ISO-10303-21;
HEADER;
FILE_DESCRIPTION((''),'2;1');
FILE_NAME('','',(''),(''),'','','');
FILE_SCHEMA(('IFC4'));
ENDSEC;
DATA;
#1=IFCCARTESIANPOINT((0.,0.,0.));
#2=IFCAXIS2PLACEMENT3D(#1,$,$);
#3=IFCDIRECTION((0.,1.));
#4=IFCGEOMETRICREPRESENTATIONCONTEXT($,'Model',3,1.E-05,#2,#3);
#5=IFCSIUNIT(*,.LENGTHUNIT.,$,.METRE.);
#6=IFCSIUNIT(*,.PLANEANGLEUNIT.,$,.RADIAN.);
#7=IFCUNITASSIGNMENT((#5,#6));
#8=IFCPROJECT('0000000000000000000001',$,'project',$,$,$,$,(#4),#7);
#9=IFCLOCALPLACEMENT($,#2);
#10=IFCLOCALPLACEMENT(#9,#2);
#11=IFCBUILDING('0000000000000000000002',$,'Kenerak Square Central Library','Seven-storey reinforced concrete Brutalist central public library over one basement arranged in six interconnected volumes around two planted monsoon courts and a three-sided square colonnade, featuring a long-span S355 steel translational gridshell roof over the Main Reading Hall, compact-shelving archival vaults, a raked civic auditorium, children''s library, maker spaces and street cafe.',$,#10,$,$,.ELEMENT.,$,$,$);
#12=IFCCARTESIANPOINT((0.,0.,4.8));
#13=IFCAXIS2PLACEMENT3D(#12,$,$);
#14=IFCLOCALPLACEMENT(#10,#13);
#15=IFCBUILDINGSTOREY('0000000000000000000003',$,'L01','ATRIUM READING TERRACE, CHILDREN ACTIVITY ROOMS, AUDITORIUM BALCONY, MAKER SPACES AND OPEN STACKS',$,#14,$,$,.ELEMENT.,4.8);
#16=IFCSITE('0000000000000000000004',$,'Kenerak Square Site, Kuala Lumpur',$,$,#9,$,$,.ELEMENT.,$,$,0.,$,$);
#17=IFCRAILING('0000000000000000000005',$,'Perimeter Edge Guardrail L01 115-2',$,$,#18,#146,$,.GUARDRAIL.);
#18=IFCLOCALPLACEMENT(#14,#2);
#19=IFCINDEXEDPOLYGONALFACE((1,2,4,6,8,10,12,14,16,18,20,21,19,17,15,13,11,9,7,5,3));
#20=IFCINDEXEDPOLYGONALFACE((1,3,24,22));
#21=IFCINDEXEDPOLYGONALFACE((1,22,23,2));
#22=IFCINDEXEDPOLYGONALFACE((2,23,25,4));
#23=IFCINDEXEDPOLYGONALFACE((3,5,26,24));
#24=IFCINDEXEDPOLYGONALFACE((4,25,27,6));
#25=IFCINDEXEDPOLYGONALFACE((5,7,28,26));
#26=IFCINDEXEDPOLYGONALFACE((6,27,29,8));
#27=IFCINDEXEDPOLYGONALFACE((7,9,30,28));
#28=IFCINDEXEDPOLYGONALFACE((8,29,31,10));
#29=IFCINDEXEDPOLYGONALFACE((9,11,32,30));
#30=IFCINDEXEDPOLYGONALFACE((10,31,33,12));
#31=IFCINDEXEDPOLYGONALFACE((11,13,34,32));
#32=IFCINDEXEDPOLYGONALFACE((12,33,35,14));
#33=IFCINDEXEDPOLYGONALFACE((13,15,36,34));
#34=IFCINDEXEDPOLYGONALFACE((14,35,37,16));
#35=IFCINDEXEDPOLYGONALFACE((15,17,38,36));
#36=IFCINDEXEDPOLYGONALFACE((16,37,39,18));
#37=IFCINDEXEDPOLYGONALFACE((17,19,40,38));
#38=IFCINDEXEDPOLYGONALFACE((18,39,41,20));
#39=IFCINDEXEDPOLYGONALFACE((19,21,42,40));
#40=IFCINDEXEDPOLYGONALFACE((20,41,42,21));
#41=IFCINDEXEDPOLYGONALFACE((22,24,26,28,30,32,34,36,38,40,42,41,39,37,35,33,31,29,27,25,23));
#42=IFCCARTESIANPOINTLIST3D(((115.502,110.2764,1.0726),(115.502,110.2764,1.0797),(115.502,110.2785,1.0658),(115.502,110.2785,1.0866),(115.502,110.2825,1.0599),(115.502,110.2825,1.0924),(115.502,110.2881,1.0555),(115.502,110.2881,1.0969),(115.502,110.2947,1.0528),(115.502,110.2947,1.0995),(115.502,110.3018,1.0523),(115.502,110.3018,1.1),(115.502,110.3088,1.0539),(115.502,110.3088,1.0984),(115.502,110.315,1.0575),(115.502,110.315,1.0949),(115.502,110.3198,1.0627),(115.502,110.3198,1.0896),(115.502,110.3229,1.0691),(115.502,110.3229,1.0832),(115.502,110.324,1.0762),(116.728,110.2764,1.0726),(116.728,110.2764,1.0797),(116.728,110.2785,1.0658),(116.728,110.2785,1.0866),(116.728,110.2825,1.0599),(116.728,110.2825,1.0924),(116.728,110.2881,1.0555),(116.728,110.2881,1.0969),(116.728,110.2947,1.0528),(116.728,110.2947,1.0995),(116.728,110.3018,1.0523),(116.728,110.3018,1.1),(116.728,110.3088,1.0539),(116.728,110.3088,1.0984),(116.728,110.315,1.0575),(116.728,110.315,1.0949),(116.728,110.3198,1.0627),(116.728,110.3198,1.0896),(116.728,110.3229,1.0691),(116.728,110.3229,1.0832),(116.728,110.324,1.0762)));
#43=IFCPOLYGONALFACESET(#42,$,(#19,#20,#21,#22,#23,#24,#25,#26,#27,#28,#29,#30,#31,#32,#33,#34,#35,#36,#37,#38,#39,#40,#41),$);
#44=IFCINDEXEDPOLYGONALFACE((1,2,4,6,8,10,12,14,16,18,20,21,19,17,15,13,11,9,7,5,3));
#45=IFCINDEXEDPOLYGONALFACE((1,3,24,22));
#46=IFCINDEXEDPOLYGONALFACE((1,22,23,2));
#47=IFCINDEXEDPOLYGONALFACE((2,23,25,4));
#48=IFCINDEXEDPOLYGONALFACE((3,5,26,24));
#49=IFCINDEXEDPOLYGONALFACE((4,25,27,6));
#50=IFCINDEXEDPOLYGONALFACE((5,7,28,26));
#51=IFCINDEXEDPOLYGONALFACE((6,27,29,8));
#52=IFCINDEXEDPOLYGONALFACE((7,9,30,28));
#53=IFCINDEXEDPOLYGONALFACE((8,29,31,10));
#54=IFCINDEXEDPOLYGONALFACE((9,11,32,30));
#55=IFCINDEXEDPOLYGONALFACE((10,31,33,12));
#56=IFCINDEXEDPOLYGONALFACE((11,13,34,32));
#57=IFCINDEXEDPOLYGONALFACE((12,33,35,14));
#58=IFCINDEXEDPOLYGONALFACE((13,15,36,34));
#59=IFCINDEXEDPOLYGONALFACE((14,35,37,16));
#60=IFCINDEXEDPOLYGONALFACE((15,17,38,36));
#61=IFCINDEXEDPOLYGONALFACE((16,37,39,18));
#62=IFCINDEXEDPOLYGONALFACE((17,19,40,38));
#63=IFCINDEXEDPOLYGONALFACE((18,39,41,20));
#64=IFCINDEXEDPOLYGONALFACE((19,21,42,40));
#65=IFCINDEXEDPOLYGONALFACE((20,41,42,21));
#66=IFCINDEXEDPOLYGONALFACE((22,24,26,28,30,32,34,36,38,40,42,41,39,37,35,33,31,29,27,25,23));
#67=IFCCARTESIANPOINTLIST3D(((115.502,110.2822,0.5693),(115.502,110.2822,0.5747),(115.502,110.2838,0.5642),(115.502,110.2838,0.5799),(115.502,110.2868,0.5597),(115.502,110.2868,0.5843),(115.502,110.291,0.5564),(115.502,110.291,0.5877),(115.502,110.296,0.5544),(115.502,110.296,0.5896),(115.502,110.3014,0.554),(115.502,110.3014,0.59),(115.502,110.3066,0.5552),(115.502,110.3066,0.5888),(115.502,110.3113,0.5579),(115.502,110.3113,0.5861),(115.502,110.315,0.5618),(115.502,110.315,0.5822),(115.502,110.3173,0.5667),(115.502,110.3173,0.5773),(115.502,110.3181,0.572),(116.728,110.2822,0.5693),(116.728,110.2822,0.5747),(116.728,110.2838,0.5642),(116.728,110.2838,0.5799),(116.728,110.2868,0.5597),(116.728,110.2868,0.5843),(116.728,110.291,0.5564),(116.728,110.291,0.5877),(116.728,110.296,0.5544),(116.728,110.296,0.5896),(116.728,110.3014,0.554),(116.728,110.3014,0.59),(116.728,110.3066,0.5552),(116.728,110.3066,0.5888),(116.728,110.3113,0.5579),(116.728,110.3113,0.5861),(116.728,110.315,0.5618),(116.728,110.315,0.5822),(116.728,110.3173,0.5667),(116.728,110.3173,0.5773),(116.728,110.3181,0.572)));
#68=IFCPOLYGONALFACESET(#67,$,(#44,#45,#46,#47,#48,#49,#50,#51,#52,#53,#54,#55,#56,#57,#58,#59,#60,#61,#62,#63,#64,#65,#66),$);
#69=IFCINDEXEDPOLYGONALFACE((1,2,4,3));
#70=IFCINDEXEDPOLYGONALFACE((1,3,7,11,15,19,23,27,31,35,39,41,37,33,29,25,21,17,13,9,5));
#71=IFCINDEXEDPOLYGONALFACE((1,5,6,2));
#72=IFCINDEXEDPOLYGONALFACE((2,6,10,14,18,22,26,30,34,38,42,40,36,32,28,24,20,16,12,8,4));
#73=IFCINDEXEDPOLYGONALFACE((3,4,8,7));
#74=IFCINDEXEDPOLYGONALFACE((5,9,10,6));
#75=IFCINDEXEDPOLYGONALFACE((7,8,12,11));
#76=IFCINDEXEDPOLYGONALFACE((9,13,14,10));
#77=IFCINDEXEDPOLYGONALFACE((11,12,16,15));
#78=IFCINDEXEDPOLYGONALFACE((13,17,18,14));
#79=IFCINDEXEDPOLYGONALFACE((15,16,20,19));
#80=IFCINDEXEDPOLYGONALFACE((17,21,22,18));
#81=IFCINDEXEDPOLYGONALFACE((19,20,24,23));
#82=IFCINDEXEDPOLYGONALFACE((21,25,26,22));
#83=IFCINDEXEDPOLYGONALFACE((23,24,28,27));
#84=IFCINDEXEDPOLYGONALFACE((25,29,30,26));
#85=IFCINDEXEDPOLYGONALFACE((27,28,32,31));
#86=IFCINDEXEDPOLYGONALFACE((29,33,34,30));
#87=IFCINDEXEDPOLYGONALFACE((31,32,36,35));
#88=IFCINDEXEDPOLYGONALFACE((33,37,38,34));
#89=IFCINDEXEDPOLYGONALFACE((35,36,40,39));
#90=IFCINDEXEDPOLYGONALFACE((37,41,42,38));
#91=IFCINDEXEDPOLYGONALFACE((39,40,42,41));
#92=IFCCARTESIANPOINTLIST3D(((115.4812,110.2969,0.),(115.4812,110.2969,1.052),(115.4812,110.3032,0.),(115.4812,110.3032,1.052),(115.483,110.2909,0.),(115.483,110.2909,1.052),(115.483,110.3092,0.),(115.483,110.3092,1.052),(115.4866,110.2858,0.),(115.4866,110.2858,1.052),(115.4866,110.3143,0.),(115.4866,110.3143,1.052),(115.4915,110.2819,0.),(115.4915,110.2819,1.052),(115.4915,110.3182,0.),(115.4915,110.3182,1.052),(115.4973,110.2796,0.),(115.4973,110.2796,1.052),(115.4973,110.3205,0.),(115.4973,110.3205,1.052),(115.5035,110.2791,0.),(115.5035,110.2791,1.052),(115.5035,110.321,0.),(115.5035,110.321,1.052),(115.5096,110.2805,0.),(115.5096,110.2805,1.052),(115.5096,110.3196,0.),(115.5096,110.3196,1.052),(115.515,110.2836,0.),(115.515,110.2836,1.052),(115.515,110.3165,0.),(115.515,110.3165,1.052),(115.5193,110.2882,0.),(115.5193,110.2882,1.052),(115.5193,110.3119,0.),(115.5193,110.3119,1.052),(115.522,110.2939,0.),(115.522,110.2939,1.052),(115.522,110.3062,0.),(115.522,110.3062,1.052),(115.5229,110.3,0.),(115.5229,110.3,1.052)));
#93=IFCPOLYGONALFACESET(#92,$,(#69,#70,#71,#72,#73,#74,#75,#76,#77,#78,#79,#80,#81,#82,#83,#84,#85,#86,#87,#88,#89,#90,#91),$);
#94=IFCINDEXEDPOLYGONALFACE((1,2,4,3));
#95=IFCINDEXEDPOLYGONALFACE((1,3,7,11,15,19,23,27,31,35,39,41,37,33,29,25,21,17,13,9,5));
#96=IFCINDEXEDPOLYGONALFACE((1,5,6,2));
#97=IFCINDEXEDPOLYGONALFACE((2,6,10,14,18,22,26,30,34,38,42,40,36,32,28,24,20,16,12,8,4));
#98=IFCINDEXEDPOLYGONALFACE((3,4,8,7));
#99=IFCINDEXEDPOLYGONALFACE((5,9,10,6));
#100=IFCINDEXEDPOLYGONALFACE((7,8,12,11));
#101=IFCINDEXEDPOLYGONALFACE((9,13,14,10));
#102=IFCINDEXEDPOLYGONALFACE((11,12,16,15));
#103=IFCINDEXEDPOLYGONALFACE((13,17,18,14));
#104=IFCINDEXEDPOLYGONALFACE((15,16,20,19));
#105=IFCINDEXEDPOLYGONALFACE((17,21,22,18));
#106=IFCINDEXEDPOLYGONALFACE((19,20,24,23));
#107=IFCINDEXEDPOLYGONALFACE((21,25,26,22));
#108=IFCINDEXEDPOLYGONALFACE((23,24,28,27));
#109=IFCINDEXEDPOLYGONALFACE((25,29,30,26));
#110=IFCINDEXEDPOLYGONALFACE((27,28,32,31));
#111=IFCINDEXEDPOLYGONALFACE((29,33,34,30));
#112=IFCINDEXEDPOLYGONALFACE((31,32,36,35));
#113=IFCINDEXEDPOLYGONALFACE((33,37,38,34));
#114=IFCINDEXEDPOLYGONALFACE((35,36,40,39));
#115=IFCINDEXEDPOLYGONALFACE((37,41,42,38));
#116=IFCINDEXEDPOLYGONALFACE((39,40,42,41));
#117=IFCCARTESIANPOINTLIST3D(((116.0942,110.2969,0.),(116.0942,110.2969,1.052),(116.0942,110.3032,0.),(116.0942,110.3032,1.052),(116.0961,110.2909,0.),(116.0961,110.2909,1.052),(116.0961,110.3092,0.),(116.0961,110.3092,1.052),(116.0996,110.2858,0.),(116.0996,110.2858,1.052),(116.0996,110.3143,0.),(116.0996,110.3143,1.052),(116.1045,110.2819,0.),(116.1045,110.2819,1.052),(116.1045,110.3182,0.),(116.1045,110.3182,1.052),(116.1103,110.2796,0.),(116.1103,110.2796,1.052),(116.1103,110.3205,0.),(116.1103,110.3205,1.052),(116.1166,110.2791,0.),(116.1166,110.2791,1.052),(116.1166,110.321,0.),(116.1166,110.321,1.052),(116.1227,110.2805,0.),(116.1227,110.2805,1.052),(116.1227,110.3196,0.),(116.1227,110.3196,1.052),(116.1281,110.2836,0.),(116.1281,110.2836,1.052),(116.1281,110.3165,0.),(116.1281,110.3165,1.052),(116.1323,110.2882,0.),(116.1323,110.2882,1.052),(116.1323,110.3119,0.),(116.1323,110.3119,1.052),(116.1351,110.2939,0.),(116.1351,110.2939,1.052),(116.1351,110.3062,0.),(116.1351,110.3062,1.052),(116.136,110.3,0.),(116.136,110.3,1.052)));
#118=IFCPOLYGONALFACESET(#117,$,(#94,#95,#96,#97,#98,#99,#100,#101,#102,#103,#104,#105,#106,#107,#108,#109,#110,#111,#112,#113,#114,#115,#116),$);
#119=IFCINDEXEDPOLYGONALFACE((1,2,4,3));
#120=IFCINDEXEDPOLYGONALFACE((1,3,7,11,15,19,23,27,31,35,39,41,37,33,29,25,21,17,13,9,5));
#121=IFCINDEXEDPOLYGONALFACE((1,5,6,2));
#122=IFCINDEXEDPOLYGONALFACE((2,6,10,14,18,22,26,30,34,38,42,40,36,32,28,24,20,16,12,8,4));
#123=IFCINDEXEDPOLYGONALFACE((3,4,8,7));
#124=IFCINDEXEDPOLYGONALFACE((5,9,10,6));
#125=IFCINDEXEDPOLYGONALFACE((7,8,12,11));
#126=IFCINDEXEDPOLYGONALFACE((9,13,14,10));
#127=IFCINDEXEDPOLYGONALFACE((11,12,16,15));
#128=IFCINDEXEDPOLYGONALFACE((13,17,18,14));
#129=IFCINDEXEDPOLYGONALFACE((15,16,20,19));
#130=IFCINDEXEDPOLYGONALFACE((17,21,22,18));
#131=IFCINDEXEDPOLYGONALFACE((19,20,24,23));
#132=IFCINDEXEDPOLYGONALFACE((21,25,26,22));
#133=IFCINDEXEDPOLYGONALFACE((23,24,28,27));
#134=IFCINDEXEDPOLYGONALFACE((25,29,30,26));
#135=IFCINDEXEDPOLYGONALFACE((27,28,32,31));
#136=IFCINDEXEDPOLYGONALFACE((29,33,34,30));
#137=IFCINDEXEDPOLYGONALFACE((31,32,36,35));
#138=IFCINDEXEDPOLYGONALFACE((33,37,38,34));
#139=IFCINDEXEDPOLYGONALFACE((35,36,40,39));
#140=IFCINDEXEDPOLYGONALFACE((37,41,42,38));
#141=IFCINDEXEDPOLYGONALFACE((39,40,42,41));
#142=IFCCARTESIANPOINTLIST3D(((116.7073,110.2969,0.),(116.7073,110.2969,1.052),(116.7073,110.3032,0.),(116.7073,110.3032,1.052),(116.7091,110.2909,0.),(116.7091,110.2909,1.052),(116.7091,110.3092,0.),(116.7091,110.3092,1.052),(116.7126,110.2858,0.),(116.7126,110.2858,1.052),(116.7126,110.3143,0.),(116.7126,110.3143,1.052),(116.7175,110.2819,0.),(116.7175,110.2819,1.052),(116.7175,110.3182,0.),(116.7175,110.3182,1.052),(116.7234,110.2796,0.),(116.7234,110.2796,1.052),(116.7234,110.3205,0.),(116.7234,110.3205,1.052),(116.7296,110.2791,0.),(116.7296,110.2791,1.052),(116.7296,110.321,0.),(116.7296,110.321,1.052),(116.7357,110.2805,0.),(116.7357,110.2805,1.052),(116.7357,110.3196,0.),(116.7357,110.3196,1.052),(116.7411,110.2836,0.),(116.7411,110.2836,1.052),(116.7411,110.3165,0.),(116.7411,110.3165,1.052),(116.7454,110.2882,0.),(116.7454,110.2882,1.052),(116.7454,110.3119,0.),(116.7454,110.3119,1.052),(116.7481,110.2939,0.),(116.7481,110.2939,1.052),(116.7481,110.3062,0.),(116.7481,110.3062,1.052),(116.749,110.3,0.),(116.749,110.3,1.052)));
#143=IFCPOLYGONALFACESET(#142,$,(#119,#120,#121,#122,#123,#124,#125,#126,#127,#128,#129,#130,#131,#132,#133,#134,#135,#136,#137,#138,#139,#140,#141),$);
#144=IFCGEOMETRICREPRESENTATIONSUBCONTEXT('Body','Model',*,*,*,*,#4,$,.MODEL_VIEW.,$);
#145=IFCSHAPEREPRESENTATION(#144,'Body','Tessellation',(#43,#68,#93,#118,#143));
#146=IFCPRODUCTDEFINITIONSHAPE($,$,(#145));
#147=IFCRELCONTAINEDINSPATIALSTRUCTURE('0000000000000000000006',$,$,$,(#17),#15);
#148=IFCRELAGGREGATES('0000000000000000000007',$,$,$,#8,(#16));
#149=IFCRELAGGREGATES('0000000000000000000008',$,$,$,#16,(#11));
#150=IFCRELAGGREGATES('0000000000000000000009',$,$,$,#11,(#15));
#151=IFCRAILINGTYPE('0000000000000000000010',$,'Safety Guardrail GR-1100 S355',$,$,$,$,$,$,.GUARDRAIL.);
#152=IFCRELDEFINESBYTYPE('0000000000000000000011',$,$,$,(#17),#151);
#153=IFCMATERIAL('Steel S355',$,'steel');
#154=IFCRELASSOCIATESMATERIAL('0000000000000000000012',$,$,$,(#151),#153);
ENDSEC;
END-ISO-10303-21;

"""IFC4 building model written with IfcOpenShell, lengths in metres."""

from ifc_helpers import new_model, si_unit, direction, frame, origin, origin_2d, place, context, subcontext, project, spatial, circle, extrude, material, type_object, element, save


model = new_model("IFC4")

# Units and contexts
model_context = context("Model", 3, precision=1e-05, world=origin(), true_north=direction((0.0, 1.0)))
body_context = subcontext(model_context, "Body", "Model", "MODEL_VIEW")
ifc_project = project(units=[si_unit("LENGTHUNIT", "METRE"), si_unit("PLANEANGLEUNIT", "RADIAN")], contexts=[model_context])

# Site, building, storey
site_placement = place(None, origin())
site = spatial("IfcSite", under=ifc_project, at=site_placement, Name="Kenerak Square Site, Kuala Lumpur", CompositionType="ELEMENT", RefElevation=0.0)
building_placement = place(site_placement, origin())
building = spatial("IfcBuilding", under=site, at=building_placement, Name="Kenerak Square Central Library", Description="Seven-storey reinforced concrete Brutalist central public library over one basement arranged in six interconnected volumes around two planted monsoon courts and a three-sided square colonnade, featuring a long-span S355 steel translational gridshell roof over the Main Reading Hall, compact-shelving archival vaults, a raked civic auditorium, children's library, maker spaces and street cafe.", CompositionType="ELEMENT")
storey_placement = place(building_placement, frame((0.0, 0.0, 4.8)))
storey = spatial("IfcBuildingStorey", under=building, at=storey_placement, Name="L01", Description="ATRIUM READING TERRACE, CHILDREN ACTIVITY ROOMS, AUDITORIUM BALCONY, MAKER SPACES AND OPEN STACKS", CompositionType="ELEMENT", Elevation=4.8)

# Railing
ifc_material_1 = material(Name="Steel S355", Category="steel")
railing_type_1 = type_object("IfcRailingType", Name="Safety Guardrail GR-1100 S355", PredefinedType="GUARDRAIL", material=ifc_material_1)
for number, where, name in (
    (1, (115.502, 110.3, 0.0), "Perimeter Edge Guardrail L01 115-2"),
):
    element("IfcRailing", number, at=place(storey_placement, frame(where)), inside=storey, type_object=railing_type_1, Name=name, PredefinedType="GUARDRAIL", context=body_context, shape_type="SweptSolid", body=[
        extrude(circle(Radius=0.0239, at=origin_2d()), frame((0.0, 0.0, 1.0762), z_axis=(1.0, 0.0, 0.0), x_axis=(0.0, 1.0, 0.0)), (0.0, 0.0, 1.0), 1.2261),
        extrude(circle(Radius=0.0181, at=origin_2d()), frame((0.0, 0.0, 0.572), z_axis=(1.0, 0.0, 0.0), x_axis=(0.0, 1.0, 0.0)), (0.0, 0.0, 1.0), 1.2261),
        extrude(circle(Radius=0.021, at=origin_2d()), origin(), (0.0, 0.0, 1.0), 1.052),
        extrude(circle(Radius=0.021, at=origin_2d()), frame((0.613, 0.0, 0.0)), (0.0, 0.0, 1.0), 1.052),
        extrude(circle(Radius=0.021, at=origin_2d()), frame((1.2261, 0.0, 0.0)), (0.0, 0.0, 1.0), 1.052),
    ])

save(model, "model.ifc")
